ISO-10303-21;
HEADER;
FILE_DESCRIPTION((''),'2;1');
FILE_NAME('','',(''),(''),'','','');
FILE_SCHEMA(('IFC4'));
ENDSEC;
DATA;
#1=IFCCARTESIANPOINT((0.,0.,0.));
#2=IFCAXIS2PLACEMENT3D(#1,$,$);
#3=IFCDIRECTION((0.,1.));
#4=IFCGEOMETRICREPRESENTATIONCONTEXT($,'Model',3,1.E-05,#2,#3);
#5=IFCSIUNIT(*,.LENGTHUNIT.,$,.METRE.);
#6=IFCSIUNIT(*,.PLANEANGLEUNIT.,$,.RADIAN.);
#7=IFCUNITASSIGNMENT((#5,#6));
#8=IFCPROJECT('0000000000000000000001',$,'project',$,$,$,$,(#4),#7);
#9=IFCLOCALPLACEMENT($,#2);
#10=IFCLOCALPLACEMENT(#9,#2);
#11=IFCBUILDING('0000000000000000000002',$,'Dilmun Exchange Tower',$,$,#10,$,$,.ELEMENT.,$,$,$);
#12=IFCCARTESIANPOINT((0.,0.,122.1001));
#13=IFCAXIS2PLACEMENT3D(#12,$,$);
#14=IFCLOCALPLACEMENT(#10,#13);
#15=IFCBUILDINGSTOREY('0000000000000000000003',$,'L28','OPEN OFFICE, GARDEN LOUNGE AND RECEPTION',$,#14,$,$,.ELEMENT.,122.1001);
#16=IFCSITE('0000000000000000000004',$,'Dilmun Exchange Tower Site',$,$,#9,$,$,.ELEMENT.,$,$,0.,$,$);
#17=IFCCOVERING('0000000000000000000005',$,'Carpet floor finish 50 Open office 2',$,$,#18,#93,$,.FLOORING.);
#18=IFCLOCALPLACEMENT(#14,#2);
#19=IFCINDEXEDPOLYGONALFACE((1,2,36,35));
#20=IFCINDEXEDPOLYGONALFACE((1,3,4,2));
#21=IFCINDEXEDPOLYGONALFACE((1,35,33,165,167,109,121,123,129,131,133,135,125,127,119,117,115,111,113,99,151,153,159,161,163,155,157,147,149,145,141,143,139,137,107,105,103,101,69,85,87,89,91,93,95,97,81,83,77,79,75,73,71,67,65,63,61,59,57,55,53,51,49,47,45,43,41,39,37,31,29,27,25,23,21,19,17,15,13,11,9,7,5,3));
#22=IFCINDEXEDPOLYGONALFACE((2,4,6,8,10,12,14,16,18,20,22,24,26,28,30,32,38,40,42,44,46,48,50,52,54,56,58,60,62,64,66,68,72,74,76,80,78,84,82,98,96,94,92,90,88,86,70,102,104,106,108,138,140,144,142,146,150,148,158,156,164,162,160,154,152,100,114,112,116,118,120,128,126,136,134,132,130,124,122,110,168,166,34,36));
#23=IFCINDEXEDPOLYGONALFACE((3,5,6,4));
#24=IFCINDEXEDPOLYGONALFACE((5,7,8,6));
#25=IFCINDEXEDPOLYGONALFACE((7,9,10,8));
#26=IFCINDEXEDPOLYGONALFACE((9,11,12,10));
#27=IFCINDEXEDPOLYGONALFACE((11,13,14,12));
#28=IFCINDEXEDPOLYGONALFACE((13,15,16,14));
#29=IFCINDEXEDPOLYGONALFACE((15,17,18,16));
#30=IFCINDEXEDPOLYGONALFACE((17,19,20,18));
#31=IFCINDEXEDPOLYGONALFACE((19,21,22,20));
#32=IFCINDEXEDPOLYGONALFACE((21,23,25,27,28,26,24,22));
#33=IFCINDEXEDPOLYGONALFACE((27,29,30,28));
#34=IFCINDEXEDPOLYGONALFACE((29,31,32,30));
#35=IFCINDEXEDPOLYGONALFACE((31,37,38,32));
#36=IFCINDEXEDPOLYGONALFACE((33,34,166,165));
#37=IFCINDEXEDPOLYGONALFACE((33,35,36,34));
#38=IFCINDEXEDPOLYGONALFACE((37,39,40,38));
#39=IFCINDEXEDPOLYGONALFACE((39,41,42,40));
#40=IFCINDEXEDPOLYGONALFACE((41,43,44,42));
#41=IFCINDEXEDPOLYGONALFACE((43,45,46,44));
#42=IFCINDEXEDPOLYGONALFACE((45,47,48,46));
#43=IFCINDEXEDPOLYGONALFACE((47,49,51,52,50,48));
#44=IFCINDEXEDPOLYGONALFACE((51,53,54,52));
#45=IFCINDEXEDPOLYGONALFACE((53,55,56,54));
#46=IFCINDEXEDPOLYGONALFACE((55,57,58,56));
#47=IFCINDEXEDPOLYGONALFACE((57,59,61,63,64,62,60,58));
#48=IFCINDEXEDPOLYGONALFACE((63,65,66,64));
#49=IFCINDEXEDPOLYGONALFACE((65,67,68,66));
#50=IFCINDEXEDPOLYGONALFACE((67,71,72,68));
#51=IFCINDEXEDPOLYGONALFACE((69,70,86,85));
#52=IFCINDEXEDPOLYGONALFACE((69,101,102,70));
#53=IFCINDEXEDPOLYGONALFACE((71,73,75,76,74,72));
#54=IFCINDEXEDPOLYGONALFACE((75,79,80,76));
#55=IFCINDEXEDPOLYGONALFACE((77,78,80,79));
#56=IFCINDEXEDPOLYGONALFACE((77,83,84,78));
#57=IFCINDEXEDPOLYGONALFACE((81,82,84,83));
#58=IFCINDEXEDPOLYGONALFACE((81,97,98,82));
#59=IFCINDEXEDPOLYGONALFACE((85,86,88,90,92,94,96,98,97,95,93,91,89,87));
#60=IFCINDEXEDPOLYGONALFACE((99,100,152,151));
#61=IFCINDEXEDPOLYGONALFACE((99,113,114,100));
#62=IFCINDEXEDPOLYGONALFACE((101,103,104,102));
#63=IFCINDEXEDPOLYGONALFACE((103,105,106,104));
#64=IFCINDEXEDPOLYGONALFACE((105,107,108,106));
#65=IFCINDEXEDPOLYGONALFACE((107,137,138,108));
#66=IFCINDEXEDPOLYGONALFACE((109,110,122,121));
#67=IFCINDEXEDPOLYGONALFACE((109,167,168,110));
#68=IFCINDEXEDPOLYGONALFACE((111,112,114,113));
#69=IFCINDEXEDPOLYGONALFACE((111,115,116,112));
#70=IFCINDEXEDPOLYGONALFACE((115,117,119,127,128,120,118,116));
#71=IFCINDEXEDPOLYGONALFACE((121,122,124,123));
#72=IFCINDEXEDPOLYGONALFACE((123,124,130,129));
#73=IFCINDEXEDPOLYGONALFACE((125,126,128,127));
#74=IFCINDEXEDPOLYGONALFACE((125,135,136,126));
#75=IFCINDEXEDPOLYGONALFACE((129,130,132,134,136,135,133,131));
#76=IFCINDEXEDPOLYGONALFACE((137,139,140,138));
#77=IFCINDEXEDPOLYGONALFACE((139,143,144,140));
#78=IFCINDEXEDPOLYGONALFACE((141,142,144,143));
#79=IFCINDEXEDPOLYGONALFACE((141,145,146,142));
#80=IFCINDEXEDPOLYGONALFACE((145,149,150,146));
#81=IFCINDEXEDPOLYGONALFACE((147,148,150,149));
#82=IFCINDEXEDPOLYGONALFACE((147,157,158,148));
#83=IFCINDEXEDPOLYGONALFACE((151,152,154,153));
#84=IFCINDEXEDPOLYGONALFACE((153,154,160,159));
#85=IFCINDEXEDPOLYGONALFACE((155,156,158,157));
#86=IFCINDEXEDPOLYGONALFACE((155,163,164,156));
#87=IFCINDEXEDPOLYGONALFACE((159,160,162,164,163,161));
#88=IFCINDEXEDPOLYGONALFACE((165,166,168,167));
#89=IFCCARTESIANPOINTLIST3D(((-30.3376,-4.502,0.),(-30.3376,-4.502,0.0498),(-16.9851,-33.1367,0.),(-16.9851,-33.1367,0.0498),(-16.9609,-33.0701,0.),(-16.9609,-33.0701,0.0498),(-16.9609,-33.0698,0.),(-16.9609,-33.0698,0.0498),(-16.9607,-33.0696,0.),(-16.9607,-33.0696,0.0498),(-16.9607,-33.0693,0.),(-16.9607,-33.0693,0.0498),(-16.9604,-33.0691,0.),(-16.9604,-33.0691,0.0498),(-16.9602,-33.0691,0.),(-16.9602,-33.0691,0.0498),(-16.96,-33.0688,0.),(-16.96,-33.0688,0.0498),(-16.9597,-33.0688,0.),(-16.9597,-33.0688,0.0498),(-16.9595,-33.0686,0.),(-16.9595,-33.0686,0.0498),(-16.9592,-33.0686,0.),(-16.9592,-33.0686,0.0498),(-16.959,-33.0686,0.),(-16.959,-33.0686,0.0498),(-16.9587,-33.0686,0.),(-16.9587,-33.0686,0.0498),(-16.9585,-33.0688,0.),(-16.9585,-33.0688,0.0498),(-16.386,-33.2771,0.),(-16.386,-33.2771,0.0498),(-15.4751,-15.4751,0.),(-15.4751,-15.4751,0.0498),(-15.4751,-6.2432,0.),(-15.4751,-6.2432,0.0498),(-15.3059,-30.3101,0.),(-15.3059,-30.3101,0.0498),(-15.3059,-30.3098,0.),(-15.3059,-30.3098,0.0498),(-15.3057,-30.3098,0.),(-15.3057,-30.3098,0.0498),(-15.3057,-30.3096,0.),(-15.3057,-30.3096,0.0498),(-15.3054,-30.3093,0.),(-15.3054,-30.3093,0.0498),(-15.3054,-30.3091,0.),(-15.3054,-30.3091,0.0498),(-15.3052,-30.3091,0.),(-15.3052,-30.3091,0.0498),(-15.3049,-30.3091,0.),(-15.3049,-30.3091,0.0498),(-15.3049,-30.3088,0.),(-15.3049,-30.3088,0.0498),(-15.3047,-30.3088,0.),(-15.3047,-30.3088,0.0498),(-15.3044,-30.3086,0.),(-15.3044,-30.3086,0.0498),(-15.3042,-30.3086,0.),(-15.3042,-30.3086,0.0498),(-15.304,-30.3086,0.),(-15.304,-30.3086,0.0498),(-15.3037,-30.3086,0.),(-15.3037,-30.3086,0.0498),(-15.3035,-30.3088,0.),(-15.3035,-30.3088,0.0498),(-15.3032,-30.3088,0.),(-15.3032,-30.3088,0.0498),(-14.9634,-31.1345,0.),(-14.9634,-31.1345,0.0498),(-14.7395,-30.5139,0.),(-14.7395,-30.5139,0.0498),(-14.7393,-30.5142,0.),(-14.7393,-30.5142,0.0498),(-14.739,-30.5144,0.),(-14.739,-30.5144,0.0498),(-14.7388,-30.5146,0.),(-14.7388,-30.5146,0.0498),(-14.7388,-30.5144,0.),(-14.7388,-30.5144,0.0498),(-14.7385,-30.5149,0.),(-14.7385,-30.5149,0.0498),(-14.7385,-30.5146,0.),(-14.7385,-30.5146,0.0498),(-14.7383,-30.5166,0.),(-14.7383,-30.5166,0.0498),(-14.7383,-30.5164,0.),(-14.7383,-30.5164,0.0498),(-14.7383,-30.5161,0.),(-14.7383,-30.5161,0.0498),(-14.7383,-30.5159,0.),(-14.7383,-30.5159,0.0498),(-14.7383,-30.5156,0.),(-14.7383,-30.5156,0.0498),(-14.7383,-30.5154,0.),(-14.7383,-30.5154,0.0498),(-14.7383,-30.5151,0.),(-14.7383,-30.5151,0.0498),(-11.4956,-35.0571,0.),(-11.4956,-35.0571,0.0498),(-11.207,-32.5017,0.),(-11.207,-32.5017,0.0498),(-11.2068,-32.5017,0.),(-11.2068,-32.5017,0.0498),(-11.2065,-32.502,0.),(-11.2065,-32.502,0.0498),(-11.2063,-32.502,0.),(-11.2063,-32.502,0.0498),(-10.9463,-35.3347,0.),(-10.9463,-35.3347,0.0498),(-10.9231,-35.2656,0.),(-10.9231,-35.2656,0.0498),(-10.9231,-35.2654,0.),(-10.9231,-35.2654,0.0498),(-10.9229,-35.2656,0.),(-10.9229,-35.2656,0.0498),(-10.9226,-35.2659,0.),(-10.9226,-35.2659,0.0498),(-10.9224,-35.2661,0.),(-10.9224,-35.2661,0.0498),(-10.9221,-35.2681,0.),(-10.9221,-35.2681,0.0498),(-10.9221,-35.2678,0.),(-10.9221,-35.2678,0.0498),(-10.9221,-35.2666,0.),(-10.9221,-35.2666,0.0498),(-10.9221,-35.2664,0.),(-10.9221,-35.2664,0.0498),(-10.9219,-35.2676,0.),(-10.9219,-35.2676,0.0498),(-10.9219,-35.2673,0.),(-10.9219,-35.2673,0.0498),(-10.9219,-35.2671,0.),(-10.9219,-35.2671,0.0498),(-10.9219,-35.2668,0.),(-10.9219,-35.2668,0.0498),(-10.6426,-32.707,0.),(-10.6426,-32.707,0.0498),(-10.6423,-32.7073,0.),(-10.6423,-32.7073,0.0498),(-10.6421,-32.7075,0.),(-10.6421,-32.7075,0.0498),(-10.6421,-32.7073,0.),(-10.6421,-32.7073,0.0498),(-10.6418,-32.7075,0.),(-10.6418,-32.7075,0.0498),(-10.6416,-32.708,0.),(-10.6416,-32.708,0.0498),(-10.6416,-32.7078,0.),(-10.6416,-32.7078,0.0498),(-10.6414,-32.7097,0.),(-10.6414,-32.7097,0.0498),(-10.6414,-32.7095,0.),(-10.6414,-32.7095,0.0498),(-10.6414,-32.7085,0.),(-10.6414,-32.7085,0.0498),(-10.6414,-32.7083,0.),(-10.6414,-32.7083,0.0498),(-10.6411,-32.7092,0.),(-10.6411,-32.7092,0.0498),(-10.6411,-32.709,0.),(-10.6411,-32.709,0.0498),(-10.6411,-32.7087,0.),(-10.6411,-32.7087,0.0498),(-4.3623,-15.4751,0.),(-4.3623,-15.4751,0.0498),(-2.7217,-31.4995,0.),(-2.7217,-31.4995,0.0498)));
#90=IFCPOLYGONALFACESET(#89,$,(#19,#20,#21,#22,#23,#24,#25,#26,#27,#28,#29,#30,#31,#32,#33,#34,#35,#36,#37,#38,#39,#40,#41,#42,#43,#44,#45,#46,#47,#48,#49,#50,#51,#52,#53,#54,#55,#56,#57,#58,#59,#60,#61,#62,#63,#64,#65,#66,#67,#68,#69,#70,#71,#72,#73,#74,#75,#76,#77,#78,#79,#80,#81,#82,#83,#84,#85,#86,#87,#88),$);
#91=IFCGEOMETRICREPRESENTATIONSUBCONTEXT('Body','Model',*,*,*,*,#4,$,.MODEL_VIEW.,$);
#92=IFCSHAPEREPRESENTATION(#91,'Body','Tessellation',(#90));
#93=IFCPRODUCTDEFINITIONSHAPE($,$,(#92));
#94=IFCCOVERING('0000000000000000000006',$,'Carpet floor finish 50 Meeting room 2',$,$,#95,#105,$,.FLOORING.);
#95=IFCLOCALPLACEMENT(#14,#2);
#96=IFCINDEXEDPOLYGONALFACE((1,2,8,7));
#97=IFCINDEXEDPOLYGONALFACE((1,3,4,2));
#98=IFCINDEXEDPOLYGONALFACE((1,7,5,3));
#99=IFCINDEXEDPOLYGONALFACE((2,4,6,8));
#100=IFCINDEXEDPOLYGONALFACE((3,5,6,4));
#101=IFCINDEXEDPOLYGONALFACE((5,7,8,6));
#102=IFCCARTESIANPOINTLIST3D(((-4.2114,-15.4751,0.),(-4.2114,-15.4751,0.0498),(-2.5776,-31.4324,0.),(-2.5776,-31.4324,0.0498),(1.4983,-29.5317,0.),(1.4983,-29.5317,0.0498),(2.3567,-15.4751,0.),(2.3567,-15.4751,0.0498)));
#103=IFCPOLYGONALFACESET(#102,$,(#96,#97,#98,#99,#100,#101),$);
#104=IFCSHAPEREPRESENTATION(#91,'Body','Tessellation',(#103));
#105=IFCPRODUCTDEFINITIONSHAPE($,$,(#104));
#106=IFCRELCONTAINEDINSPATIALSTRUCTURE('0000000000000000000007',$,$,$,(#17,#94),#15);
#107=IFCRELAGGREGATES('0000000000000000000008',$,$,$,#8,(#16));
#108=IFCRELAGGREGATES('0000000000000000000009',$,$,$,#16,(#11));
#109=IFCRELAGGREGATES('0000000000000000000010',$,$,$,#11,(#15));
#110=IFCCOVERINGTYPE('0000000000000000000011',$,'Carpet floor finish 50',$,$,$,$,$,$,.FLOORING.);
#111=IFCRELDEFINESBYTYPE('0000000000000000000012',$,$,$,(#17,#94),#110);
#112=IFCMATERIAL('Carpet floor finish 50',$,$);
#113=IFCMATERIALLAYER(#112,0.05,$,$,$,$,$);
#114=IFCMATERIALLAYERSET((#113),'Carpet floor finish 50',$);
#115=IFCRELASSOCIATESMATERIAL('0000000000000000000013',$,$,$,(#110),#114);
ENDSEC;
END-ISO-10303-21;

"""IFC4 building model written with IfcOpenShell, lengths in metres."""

from ifc_helpers import new_model, si_unit, direction, frame, origin, place, context, subcontext, project, spatial, polyline, outline, extrude, material, layer, layer_set, type_object, element, save


model = new_model("IFC4")

# Units and contexts
model_context = context("Model", 3, precision=1e-05, world=origin(), true_north=direction((0.0, 1.0)))
body_context = subcontext(model_context, "Body", "Model", "MODEL_VIEW")
ifc_project = project(units=[si_unit("LENGTHUNIT", "METRE"), si_unit("PLANEANGLEUNIT", "RADIAN")], contexts=[model_context])

# Site, building, storey
site_placement = place(None, origin())
site = spatial("IfcSite", under=ifc_project, at=site_placement, Name="Dilmun Exchange Tower Site", CompositionType="ELEMENT", RefElevation=0.0)
building_placement = place(site_placement, origin())
building = spatial("IfcBuilding", under=site, at=building_placement, Name="Dilmun Exchange Tower", CompositionType="ELEMENT")
storey_placement = place(building_placement, frame((0.0, 0.0, 122.1001)))
storey = spatial("IfcBuildingStorey", under=building, at=storey_placement, Name="L28", Description="OPEN OFFICE, GARDEN LOUNGE AND RECEPTION", CompositionType="ELEMENT", Elevation=122.1001)

# Coverings
ifc_material_1 = material(Name="Carpet floor finish 50")
ifc_layer_1 = layer(ifc_material_1, 0.05)
ifc_layer_set_1 = layer_set([ifc_layer_1], Name="Carpet floor finish 50")
covering_type_1 = type_object("IfcCoveringType", Name="Carpet floor finish 50", PredefinedType="FLOORING", material=ifc_layer_set_1)
covering_1_placement = place(storey_placement, origin())
element("IfcCovering", 1, at=covering_1_placement, inside=storey, type_object=covering_type_1, Name="Carpet floor finish 50 Open office 2", PredefinedType="FLOORING", context=body_context, shape_type="SweptSolid", body=[
    extrude(outline(polyline([(-15.4751, -6.2432), (-15.4751, -15.4751), (-4.3623, -15.4751), (-2.7217, -31.4995), (-10.9463, -35.3347), (-10.9221, -35.2681), (-10.9221, -35.2678), (-10.9219, -35.2676), (-10.9219, -35.2676), (-10.9219, -35.2673), (-10.9219, -35.2671), (-10.9219, -35.2668), (-10.9221, -35.2666), (-10.9221, -35.2666), (-10.9221, -35.2664), (-10.9224, -35.2661), (-10.9224, -35.2661), (-10.9226, -35.2659), (-10.9226, -35.2659), (-10.9229, -35.2656), (-10.9231, -35.2656), (-10.9231, -35.2654), (-11.4956, -35.0571), (-10.6414, -32.7097), (-10.6414, -32.7095), (-10.6411, -32.7092), (-10.6411, -32.709), (-10.6411, -32.709), (-10.6411, -32.7087), (-10.6414, -32.7085), (-10.6414, -32.7083), (-10.6414, -32.7083), (-10.6416, -32.708), (-10.6416, -32.7078), (-10.6416, -32.7078), (-10.6418, -32.7075), (-10.6421, -32.7075), (-10.6421, -32.7073), (-10.6423, -32.7073), (-10.6426, -32.707), (-11.2063, -32.502), (-11.2065, -32.502), (-11.2068, -32.5017), (-11.2068, -32.5017), (-11.207, -32.5017), (-14.9634, -31.1345), (-14.7383, -30.5166), (-14.7383, -30.5164), (-14.7383, -30.5161), (-14.7383, -30.5161), (-14.7383, -30.5159), (-14.7383, -30.5156), (-14.7383, -30.5154), (-14.7383, -30.5151), (-14.7383, -30.5151), (-14.7385, -30.5149), (-14.7385, -30.5146), (-14.7388, -30.5146), (-14.7388, -30.5144), (-14.739, -30.5144), (-14.7393, -30.5142), (-14.7393, -30.5142), (-14.7395, -30.5139), (-15.3032, -30.3088), (-15.3035, -30.3088), (-15.3037, -30.3086), (-15.304, -30.3086), (-15.3042, -30.3086), (-15.3042, -30.3086), (-15.3044, -30.3086), (-15.3047, -30.3088), (-15.3049, -30.3088), (-15.3049, -30.3091), (-15.3052, -30.3091), (-15.3054, -30.3091), (-15.3054, -30.3093), (-15.3057, -30.3096), (-15.3057, -30.3098), (-15.3059, -30.3098), (-15.3059, -30.3101), (-16.386, -33.2771), (-16.9585, -33.0688), (-16.9585, -33.0688), (-16.9587, -33.0686), (-16.959, -33.0686), (-16.9592, -33.0686), (-16.9595, -33.0686), (-16.9597, -33.0688), (-16.9597, -33.0688), (-16.96, -33.0688), (-16.9602, -33.0691), (-16.9602, -33.0691), (-16.9604, -33.0691), (-16.9607, -33.0693), (-16.9607, -33.0696), (-16.9607, -33.0696), (-16.9609, -33.0698), (-16.9609, -33.0701), (-16.9851, -33.1367), (-30.3376, -4.502), (-15.4751, -6.2432)])), origin(), (0.0, 0.0, 1.0), 0.0498),
])
covering_2_placement = place(storey_placement, origin())
element("IfcCovering", 2, at=covering_2_placement, inside=storey, type_object=covering_type_1, Name="Carpet floor finish 50 Meeting room 2", PredefinedType="FLOORING", context=body_context, shape_type="SweptSolid", body=[
    extrude(outline(polyline([(-4.2114, -15.4751), (2.3567, -15.4751), (1.4983, -29.5317), (-2.5776, -31.4324), (-4.2114, -15.4751)])), origin(), (0.0, 0.0, 1.0), 0.0498),
])

save(model, "model.ifc")
